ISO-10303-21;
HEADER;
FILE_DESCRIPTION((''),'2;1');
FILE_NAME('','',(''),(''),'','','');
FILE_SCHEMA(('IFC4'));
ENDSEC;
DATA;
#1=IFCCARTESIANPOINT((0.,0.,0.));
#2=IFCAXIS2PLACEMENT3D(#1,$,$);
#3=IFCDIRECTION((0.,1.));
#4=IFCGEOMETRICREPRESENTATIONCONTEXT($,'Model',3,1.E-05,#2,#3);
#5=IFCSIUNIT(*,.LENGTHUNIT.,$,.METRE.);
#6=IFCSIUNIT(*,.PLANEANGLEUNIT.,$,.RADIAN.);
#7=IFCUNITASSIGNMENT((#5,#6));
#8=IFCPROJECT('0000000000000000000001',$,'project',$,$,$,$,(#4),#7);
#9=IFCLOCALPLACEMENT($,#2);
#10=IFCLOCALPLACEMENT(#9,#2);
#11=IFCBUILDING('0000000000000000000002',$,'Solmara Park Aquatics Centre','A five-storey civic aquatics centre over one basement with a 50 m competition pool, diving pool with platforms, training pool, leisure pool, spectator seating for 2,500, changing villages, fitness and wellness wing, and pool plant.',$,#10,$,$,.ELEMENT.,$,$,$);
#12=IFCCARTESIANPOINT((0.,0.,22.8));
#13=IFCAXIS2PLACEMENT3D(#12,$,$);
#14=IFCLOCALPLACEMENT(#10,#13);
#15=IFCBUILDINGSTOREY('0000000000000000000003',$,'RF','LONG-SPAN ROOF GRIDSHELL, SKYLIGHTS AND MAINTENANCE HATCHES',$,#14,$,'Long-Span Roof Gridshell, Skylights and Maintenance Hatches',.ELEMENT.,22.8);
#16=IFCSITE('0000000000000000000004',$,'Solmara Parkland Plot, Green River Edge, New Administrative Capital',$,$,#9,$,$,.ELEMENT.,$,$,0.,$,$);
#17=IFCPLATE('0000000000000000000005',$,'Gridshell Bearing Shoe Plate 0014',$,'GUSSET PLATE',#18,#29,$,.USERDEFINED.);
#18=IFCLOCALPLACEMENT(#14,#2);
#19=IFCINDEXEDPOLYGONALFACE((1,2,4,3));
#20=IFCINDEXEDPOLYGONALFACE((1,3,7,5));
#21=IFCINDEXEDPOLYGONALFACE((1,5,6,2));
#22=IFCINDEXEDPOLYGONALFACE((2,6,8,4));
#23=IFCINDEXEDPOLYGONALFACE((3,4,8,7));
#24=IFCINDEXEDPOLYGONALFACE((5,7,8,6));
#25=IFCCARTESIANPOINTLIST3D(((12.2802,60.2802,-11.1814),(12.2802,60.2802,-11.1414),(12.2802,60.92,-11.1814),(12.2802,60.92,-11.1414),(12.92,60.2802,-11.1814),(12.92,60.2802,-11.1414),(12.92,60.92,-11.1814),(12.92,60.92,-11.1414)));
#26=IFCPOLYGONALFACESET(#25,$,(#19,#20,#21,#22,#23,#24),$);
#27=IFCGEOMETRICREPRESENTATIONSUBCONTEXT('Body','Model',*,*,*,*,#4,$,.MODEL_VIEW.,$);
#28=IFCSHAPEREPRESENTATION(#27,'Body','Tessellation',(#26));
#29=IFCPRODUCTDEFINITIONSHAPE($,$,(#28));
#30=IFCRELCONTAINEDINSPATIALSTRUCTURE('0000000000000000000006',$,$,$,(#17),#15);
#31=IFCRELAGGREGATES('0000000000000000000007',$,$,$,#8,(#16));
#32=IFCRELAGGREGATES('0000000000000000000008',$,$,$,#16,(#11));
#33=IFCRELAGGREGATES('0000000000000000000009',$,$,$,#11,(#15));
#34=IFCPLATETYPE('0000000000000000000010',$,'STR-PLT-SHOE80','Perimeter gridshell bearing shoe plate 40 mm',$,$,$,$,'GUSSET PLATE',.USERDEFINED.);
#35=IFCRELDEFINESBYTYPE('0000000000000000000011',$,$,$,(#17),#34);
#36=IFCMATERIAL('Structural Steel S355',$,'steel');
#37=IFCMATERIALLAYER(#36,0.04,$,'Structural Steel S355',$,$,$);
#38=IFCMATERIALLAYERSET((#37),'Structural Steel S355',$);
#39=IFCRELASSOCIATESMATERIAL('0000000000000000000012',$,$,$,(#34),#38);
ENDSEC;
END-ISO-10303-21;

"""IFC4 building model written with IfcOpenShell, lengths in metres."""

from ifc_helpers import new_model, si_unit, direction, frame, origin, origin_2d, place, context, subcontext, project, spatial, rectangle, extrude, material, layer, layer_set, type_object, element, save


model = new_model("IFC4")

# Units and contexts
model_context = context("Model", 3, precision=1e-05, world=origin(), true_north=direction((0.0, 1.0)))
body_context = subcontext(model_context, "Body", "Model", "MODEL_VIEW")
ifc_project = project(units=[si_unit("LENGTHUNIT", "METRE"), si_unit("PLANEANGLEUNIT", "RADIAN")], contexts=[model_context])

# Site, building, storey
site_placement = place(None, origin())
site = spatial("IfcSite", under=ifc_project, at=site_placement, Name="Solmara Parkland Plot, Green River Edge, New Administrative Capital", CompositionType="ELEMENT", RefElevation=0.0)
building_placement = place(site_placement, origin())
building = spatial("IfcBuilding", under=site, at=building_placement, Name="Solmara Park Aquatics Centre", Description="A five-storey civic aquatics centre over one basement with a 50 m competition pool, diving pool with platforms, training pool, leisure pool, spectator seating for 2,500, changing villages, fitness and wellness wing, and pool plant.", CompositionType="ELEMENT")
storey_placement = place(building_placement, frame((0.0, 0.0, 22.8)))
storey = spatial("IfcBuildingStorey", under=building, at=storey_placement, Name="RF", Description="LONG-SPAN ROOF GRIDSHELL, SKYLIGHTS AND MAINTENANCE HATCHES", LongName="Long-Span Roof Gridshell, Skylights and Maintenance Hatches", CompositionType="ELEMENT", Elevation=22.8)

# Shared definitions
ifc_material_1 = material(Name="Structural Steel S355", Category="steel")

# Plate
ifc_layer = layer(ifc_material_1, 0.04, Name="Structural Steel S355")
ifc_layer_set = layer_set([ifc_layer], Name="Structural Steel S355")
plate_type = type_object("IfcPlateType", Name="STR-PLT-SHOE80", Description="Perimeter gridshell bearing shoe plate 40 mm", ElementType="GUSSET PLATE", PredefinedType="USERDEFINED", material=ifc_layer_set)
plate_placement = place(storey_placement, frame((12.6001, 60.6001, -11.1814), z_axis=(0.0, 0.0, 1.0), x_axis=(1.0, 0.0, 0.0)))
element("IfcPlate", 1, at=plate_placement, inside=storey, type_object=plate_type, Name="Gridshell Bearing Shoe Plate 0014", ObjectType="GUSSET PLATE", PredefinedType="USERDEFINED", context=body_context, shape_type="SweptSolid", body=[
    extrude(rectangle(XDim=0.6399, YDim=0.6399, at=origin_2d()), origin(), (0.0, 0.0, 1.0), 0.04),
])

save(model, "model.ifc")
